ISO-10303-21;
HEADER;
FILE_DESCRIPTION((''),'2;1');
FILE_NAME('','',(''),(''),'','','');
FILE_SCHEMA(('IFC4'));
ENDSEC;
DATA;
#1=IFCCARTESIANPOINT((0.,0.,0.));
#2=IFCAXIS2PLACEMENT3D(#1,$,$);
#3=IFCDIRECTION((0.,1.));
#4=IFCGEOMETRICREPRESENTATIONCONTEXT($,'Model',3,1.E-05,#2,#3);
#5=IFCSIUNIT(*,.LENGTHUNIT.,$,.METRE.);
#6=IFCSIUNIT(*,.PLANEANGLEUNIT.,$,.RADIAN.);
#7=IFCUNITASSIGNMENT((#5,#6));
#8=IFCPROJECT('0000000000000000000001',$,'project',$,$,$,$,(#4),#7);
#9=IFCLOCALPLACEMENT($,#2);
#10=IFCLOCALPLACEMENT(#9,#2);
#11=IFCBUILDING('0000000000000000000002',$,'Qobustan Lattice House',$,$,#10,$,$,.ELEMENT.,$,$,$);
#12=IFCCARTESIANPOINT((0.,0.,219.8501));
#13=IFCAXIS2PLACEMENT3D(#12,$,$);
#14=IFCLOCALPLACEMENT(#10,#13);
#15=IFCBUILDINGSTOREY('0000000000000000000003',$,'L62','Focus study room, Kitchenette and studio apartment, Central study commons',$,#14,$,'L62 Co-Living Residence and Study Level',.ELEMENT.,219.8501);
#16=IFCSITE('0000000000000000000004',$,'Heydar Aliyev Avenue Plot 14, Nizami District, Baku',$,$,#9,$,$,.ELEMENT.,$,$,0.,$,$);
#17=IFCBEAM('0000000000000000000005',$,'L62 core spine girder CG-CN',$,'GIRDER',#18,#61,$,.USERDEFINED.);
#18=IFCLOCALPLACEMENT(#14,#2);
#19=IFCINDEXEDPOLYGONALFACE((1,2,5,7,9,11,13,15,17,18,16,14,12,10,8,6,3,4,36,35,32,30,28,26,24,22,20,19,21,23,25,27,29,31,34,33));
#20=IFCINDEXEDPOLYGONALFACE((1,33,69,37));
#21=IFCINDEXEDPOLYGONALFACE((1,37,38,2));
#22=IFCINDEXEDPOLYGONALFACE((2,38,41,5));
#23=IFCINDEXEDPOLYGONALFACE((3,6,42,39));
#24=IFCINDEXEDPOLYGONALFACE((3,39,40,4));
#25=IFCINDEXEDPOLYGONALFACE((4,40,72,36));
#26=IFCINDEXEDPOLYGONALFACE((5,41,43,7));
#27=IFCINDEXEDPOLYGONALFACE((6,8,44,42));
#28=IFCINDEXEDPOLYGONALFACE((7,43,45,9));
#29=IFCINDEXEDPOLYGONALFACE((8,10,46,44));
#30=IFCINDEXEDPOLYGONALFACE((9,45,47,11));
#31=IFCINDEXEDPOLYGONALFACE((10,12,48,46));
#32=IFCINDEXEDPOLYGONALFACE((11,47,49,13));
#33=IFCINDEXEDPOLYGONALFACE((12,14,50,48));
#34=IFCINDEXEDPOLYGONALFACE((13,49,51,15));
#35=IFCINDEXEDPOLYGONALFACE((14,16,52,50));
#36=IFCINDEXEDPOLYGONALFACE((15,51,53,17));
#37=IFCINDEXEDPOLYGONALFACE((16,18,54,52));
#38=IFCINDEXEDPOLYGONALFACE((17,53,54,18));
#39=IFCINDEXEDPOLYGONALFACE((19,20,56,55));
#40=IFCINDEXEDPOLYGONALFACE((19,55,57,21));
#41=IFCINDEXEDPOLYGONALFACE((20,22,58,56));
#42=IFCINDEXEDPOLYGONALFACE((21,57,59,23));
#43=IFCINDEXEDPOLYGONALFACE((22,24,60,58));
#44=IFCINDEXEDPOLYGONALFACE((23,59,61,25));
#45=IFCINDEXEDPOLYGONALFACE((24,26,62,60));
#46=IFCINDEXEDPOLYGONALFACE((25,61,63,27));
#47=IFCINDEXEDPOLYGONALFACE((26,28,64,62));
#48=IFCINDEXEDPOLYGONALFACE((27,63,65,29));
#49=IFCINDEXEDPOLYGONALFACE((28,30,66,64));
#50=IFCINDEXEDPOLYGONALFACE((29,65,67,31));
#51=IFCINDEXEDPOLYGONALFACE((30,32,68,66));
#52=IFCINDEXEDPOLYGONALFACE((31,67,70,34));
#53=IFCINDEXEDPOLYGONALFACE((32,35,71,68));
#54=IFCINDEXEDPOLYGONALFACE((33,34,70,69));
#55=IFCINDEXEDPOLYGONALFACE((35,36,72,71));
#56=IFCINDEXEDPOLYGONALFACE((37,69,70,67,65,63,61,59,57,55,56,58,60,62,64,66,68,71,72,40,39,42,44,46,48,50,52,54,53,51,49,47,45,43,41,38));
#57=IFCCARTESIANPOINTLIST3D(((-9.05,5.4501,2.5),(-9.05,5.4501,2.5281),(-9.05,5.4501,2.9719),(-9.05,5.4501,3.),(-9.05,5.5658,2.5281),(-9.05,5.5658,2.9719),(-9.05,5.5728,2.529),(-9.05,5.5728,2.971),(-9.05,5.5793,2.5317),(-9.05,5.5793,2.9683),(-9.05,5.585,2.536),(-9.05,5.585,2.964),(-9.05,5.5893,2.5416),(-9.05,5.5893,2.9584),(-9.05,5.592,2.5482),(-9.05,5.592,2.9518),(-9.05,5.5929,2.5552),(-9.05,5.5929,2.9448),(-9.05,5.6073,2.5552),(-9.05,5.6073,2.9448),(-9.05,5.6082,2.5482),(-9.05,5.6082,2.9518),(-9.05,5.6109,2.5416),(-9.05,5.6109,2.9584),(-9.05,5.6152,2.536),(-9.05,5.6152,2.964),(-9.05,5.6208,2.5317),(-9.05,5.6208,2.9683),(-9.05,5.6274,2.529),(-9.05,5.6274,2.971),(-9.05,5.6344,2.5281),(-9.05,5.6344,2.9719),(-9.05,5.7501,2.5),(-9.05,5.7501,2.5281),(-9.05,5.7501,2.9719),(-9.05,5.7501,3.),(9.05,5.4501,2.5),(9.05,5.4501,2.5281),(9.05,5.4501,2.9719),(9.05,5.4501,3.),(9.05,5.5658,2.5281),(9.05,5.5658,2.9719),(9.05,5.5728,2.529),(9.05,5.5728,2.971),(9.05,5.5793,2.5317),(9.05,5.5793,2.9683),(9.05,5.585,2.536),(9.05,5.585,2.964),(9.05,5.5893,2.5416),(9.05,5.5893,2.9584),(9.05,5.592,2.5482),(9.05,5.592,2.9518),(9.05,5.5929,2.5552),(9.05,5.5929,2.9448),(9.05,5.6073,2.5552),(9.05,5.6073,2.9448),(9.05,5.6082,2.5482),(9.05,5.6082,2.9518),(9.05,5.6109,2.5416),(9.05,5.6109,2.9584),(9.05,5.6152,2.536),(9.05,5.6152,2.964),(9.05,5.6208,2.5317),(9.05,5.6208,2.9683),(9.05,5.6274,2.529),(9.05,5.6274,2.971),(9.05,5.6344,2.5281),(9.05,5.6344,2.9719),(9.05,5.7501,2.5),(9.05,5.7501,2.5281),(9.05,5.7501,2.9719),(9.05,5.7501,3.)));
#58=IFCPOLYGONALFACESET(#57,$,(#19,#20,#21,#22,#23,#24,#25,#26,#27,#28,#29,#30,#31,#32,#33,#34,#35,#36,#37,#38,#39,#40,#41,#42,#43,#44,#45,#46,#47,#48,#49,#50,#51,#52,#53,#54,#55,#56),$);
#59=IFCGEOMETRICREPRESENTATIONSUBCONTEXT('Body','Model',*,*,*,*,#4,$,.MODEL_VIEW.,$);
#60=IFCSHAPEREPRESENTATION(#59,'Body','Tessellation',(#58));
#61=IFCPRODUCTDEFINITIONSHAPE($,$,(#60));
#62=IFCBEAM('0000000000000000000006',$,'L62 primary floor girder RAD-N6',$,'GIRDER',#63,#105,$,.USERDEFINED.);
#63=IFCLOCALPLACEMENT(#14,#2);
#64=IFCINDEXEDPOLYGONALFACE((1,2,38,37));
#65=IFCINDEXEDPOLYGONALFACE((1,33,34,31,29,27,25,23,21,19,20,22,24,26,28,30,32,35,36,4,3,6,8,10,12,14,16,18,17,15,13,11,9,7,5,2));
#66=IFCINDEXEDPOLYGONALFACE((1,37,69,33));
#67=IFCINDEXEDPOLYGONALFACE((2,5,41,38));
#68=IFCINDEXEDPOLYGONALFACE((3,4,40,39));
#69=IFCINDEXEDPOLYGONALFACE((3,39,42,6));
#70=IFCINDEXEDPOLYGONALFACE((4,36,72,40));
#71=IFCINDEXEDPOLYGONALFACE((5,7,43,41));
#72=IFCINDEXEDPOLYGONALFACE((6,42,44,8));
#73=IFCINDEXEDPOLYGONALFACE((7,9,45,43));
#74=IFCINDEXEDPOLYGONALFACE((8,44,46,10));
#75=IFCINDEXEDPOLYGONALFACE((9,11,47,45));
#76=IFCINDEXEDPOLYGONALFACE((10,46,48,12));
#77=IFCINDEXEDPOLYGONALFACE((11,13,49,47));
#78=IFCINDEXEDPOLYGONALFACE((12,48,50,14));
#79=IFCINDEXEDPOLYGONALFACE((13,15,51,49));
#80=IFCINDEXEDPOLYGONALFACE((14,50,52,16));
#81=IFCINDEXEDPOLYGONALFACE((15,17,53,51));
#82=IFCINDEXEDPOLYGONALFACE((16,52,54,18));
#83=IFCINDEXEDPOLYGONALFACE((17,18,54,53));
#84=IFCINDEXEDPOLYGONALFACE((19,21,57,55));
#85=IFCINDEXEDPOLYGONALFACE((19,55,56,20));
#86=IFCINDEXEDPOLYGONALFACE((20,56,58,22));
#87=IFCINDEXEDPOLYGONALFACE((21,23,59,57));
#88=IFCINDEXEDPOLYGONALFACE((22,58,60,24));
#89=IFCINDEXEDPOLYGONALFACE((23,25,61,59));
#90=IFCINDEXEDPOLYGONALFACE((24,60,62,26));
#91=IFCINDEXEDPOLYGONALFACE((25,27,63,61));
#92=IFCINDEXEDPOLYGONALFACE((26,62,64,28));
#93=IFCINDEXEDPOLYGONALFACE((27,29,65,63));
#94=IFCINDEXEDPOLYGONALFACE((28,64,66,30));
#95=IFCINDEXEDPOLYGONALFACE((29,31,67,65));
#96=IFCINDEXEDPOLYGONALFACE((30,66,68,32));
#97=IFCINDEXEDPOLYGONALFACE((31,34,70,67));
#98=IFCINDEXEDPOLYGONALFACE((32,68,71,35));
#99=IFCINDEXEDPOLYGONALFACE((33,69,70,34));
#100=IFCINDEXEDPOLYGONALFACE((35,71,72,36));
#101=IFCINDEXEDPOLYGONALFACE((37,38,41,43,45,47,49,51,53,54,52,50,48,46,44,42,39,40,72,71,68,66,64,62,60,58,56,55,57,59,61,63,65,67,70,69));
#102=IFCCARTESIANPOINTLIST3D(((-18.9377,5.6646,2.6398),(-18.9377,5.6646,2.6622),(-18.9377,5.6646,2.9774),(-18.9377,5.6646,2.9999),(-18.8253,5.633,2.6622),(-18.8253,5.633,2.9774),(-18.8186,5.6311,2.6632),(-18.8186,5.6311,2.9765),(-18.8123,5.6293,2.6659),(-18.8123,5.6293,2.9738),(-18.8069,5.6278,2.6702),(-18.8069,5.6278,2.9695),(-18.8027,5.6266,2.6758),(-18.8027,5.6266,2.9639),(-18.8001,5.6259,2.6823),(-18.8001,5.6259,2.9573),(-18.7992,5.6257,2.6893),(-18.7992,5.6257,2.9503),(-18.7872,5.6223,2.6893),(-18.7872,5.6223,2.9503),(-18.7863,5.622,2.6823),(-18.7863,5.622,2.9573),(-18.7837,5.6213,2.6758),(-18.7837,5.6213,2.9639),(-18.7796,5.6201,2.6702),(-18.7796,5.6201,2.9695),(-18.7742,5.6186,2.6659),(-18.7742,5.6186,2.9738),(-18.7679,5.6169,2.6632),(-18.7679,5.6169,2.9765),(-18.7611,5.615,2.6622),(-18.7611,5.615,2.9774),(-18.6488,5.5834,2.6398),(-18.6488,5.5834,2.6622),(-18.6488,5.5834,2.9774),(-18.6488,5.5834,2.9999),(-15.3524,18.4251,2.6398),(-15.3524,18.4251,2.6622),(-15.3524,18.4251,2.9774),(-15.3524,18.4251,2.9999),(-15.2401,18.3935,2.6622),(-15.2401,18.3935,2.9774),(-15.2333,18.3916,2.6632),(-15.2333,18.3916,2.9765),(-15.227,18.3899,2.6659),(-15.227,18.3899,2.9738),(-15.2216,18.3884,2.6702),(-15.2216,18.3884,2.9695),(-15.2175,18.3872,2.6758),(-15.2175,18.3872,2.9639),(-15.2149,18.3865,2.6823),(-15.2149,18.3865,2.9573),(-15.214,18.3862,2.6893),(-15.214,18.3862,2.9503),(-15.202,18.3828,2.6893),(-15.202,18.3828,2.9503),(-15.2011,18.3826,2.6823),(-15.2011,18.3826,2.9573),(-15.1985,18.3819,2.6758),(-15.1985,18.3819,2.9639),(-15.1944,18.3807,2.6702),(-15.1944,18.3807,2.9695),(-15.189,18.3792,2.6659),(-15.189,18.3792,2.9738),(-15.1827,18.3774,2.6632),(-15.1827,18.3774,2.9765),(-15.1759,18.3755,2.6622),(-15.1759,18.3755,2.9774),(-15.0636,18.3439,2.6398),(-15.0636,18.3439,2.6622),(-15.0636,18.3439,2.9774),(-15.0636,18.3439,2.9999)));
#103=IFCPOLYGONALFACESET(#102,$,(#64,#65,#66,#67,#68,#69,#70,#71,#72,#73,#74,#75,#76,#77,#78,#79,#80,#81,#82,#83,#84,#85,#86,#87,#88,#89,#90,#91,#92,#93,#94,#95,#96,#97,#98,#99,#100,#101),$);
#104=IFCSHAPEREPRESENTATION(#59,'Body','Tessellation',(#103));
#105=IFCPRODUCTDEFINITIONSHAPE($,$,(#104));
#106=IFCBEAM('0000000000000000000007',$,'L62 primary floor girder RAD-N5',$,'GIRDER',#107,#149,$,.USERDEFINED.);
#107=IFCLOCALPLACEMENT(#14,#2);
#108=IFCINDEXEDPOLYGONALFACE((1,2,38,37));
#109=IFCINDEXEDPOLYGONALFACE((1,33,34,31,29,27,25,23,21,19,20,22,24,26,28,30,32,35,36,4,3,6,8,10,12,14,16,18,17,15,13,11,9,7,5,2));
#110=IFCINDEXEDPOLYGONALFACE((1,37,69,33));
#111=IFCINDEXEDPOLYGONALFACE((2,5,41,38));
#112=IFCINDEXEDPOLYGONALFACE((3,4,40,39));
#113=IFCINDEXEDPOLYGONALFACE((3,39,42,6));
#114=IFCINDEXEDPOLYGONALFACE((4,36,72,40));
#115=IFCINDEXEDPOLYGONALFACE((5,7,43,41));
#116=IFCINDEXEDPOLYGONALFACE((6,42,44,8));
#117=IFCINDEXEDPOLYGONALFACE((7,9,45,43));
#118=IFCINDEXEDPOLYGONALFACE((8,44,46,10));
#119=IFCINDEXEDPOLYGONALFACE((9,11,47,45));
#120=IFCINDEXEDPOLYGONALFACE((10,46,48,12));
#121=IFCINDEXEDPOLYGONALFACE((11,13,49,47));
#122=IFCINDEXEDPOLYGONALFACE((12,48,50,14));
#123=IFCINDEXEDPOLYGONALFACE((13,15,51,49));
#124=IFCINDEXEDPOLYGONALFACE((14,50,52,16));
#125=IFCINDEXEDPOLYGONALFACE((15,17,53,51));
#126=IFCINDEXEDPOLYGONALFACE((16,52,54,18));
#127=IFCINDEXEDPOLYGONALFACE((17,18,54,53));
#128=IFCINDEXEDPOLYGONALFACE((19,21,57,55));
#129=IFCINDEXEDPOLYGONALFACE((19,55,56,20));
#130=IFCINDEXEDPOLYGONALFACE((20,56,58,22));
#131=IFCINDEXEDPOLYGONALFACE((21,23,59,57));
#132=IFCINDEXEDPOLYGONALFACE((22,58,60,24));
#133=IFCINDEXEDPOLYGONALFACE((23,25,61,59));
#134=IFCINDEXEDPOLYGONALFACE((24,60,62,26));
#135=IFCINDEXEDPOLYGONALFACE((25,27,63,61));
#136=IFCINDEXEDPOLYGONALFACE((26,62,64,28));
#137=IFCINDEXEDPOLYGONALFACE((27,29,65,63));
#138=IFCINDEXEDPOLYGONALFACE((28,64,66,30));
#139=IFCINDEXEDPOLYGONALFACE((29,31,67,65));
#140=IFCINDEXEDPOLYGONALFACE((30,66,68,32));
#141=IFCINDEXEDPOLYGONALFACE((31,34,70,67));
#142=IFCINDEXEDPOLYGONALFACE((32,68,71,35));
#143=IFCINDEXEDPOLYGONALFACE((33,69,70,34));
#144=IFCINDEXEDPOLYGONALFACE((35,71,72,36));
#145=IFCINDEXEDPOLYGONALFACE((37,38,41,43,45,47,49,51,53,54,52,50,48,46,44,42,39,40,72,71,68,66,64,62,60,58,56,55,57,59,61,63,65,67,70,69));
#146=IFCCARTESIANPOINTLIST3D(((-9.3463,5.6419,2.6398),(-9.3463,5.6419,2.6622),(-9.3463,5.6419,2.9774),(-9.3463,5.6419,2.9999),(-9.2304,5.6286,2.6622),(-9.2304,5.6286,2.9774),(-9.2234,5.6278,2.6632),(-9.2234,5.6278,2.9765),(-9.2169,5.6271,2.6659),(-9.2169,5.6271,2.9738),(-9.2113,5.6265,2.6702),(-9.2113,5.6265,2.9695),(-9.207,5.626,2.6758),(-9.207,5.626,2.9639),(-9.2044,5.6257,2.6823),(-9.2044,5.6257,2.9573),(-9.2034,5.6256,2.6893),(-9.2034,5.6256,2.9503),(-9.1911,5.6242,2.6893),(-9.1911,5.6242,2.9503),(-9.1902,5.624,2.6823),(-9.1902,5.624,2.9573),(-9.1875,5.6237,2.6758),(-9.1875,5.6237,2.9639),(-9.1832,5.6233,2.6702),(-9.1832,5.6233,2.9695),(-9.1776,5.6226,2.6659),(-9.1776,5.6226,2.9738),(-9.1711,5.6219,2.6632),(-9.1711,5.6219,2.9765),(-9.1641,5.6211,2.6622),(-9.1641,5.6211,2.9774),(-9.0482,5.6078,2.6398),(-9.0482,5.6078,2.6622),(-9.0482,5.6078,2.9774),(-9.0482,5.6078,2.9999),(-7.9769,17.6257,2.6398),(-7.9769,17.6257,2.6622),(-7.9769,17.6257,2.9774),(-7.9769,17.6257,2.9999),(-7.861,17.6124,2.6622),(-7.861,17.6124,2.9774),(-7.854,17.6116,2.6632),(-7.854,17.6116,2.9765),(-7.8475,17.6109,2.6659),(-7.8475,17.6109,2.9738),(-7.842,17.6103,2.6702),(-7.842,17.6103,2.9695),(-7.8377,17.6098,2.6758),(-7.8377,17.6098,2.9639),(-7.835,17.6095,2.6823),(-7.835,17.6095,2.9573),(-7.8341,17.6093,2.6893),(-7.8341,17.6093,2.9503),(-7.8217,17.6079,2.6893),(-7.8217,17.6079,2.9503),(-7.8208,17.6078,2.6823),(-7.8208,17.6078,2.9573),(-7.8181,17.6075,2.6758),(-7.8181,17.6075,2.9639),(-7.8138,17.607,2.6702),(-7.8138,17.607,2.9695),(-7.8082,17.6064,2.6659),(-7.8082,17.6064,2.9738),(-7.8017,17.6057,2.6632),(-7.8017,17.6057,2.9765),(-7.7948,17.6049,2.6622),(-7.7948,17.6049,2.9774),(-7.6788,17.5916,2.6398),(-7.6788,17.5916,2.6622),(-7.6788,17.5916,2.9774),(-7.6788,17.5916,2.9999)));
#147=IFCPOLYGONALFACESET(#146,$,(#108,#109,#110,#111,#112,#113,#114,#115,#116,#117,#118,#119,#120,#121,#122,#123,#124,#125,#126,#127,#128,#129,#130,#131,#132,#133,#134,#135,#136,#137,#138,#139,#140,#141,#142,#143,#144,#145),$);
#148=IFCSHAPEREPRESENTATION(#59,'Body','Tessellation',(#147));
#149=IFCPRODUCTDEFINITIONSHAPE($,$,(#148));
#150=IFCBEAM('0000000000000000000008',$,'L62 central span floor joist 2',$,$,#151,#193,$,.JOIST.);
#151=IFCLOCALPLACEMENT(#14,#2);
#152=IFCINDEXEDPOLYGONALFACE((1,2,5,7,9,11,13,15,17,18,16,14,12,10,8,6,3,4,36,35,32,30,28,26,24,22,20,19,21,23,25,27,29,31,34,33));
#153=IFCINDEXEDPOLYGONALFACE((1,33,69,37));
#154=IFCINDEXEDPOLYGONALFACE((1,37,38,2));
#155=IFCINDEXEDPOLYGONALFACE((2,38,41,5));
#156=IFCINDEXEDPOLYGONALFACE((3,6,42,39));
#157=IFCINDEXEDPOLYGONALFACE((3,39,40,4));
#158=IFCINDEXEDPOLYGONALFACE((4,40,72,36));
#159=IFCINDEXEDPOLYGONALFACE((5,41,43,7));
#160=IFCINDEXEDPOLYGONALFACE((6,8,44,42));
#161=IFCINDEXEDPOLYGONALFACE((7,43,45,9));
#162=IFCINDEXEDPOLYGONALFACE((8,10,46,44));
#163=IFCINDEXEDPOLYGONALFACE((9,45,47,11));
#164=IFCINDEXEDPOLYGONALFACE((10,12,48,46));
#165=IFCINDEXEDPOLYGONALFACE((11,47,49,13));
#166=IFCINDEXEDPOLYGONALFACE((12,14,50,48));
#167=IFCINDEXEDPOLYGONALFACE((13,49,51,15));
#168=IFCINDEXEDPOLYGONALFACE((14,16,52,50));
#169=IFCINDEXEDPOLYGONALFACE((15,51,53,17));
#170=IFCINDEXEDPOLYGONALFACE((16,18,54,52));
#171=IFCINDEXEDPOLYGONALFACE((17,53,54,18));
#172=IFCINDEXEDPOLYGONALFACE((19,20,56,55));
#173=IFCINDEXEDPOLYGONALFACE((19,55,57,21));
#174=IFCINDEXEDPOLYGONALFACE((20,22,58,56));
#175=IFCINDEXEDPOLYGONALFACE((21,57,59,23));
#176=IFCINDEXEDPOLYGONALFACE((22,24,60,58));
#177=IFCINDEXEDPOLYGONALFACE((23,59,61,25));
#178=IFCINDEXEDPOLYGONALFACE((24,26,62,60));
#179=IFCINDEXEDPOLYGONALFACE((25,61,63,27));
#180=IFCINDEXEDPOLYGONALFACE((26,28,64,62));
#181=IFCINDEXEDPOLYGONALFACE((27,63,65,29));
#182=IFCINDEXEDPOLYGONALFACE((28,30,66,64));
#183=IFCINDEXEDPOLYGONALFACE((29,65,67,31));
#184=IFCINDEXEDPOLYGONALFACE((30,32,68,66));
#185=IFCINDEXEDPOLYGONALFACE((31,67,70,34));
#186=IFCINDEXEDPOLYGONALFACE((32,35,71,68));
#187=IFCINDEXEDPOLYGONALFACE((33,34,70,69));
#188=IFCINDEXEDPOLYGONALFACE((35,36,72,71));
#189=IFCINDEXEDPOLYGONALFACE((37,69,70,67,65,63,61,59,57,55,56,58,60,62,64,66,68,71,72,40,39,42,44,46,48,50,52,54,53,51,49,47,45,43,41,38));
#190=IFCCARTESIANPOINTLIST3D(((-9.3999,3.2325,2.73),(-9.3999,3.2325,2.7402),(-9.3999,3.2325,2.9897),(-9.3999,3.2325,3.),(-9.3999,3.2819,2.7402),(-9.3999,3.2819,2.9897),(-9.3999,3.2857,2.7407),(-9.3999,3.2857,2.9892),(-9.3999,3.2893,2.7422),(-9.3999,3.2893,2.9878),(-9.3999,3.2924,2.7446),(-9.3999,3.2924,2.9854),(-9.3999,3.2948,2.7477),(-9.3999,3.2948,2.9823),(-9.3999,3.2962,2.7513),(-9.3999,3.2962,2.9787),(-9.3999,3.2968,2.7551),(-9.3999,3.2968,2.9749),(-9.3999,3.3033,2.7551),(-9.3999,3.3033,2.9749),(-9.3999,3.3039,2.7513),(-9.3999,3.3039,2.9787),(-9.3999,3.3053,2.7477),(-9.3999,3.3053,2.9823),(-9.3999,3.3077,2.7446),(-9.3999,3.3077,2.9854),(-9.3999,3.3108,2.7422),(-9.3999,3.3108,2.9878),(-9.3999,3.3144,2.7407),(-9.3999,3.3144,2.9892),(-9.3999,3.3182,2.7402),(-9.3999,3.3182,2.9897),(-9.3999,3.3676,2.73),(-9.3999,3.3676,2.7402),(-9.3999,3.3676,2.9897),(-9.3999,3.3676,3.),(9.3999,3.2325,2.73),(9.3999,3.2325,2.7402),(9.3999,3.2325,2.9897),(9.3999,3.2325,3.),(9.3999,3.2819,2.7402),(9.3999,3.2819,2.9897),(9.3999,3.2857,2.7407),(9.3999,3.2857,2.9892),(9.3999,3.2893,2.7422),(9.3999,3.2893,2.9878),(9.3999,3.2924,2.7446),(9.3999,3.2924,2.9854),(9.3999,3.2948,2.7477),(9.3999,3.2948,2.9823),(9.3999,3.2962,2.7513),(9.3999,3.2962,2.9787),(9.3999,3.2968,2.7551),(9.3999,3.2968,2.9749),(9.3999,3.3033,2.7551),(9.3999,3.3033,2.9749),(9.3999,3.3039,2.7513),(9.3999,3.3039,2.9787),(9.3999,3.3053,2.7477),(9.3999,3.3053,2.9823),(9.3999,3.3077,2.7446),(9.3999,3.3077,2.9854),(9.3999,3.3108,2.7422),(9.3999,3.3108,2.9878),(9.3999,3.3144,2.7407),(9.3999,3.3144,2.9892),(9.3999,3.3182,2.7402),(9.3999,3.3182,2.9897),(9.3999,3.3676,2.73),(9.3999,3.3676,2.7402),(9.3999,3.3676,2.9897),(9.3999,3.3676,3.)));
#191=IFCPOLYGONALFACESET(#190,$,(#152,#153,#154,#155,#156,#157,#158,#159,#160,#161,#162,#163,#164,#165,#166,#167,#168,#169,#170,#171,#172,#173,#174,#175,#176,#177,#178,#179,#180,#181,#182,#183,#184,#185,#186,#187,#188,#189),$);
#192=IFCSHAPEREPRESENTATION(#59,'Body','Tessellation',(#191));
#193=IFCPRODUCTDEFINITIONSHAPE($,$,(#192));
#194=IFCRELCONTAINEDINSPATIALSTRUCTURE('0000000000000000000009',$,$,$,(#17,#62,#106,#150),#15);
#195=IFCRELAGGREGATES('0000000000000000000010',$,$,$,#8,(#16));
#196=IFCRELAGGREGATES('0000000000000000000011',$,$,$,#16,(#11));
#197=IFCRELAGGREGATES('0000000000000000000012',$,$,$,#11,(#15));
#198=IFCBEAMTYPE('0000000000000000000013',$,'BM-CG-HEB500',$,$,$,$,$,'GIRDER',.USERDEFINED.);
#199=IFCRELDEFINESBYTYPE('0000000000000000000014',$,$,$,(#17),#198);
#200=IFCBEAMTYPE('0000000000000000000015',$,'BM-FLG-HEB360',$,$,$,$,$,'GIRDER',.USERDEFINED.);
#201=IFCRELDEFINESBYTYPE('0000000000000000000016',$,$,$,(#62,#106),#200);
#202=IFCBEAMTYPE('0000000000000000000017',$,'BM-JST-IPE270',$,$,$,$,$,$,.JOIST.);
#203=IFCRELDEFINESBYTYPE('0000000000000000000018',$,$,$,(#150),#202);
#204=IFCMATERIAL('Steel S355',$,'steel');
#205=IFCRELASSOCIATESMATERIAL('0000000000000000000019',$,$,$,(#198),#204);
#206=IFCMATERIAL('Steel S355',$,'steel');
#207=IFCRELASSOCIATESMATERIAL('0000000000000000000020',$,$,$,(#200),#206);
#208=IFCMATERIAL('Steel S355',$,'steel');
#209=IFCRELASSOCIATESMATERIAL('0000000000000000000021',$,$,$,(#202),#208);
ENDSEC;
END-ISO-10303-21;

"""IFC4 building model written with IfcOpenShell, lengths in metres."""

from ifc_helpers import new_model, si_unit, direction, frame, origin, origin_2d, place, context, subcontext, project, spatial, i_section, extrude, material, material_profile, profile_set, type_object, element, save


model = new_model("IFC4")

# Units and contexts
model_context = context("Model", 3, precision=1e-05, world=origin(), true_north=direction((0.0, 1.0)))
body_context = subcontext(model_context, "Body", "Model", "MODEL_VIEW")
ifc_project = project(units=[si_unit("LENGTHUNIT", "METRE"), si_unit("PLANEANGLEUNIT", "RADIAN")], contexts=[model_context])

# Site, building, storey
site_placement = place(None, origin())
site = spatial("IfcSite", under=ifc_project, at=site_placement, Name="Heydar Aliyev Avenue Plot 14, Nizami District, Baku", CompositionType="ELEMENT", RefElevation=0.0)
building_placement = place(site_placement, origin())
building = spatial("IfcBuilding", under=site, at=building_placement, Name="Qobustan Lattice House", CompositionType="ELEMENT")
storey_placement = place(building_placement, frame((0.0, 0.0, 219.8501)))
storey = spatial("IfcBuildingStorey", under=building, at=storey_placement, Name="L62", Description="Focus study room, Kitchenette and studio apartment, Central study commons", LongName="L62 Co-Living Residence and Study Level", CompositionType="ELEMENT", Elevation=219.8501)

# Beams
ifc_material_1 = material(Name="Steel S355", Category="steel")
ifc_material_profile_1 = material_profile(ifc_material_1, i_section(OverallWidth=0.3, OverallDepth=0.5, WebThickness=0.0144, FlangeThickness=0.0281, FilletRadius=0.0271, at=origin_2d()), Name="HEB500")
ifc_profile_set_1 = profile_set([ifc_material_profile_1], Name="Steel S355")
beam_type_1 = type_object("IfcBeamType", Name="BM-CG-HEB500", ElementType="GIRDER", PredefinedType="USERDEFINED", material=ifc_profile_set_1)
beam_1_placement = place(storey_placement, frame((-9.05, 5.6001, 2.75), z_axis=(1.0, 0.0, 0.0), x_axis=(0.0, 1.0, 0.0)))
element("IfcBeam", 1, at=beam_1_placement, inside=storey, type_object=beam_type_1, Name="L62 core spine girder CG-CN", ObjectType="GIRDER", PredefinedType="USERDEFINED", context=body_context, shape_type="SweptSolid", body=[
    extrude(i_section(OverallWidth=0.3, OverallDepth=0.5, WebThickness=0.0144, FlangeThickness=0.0281, FilletRadius=0.0271, at=origin_2d()), origin(), (0.0, 0.0, 1.0), 18.1001),
])
ifc_material_2 = material(Name="Steel S355", Category="steel")
ifc_material_profile_2 = material_profile(ifc_material_2, i_section(OverallWidth=0.3, OverallDepth=0.3601, WebThickness=0.0125, FlangeThickness=0.0225, FilletRadius=0.0271, at=origin_2d()), Name="HEB360")
ifc_profile_set_2 = profile_set([ifc_material_profile_2], Name="Steel S355")
beam_type_2 = type_object("IfcBeamType", Name="BM-FLG-HEB360", ElementType="GIRDER", PredefinedType="USERDEFINED", material=ifc_profile_set_2)
beam_2_placement = place(storey_placement, frame((-15.208, 18.3845, 2.8198), z_axis=(-0.270488, -0.962723, 0.0), x_axis=(0.962723, -0.270488, 0.0)))
element("IfcBeam", 2, at=beam_2_placement, inside=storey, type_object=beam_type_2, Name="L62 primary floor girder RAD-N6", ObjectType="GIRDER", PredefinedType="USERDEFINED", context=body_context, shape_type="SweptSolid", body=[
    extrude(i_section(OverallWidth=0.3, OverallDepth=0.3601, WebThickness=0.0125, FlangeThickness=0.0225, FilletRadius=0.0271, at=origin_2d()), origin(), (0.0, 0.0, 1.0), 13.2546),
])
beam_3_placement = place(storey_placement, frame((-7.8279, 17.6086, 2.8198), z_axis=(-0.11353, -0.993535, 0.0), x_axis=(0.993535, -0.11353, 0.0)))
element("IfcBeam", 3, at=beam_3_placement, inside=storey, type_object=beam_type_2, Name="L62 primary floor girder RAD-N5", ObjectType="GIRDER", PredefinedType="USERDEFINED", context=body_context, shape_type="SweptSolid", body=[
    extrude(i_section(OverallWidth=0.3, OverallDepth=0.3601, WebThickness=0.0125, FlangeThickness=0.0225, FilletRadius=0.0271, at=origin_2d()), origin(), (0.0, 0.0, 1.0), 12.0618),
])
ifc_material_3 = material(Name="Steel S355", Category="steel")
ifc_material_profile_3 = material_profile(ifc_material_3, i_section(OverallWidth=0.135, OverallDepth=0.27, WebThickness=0.0066, FlangeThickness=0.0103, FilletRadius=0.0149, at=origin_2d()), Name="IPE270")
ifc_profile_set_3 = profile_set([ifc_material_profile_3], Name="Steel S355")
beam_type_3 = type_object("IfcBeamType", Name="BM-JST-IPE270", PredefinedType="JOIST", material=ifc_profile_set_3)
beam_4_placement = place(storey_placement, frame((-9.3999, 3.3, 2.865), z_axis=(1.0, 0.0, 0.0), x_axis=(0.0, 1.0, 0.0)))
element("IfcBeam", 4, at=beam_4_placement, inside=storey, type_object=beam_type_3, Name="L62 central span floor joist 2", PredefinedType="JOIST", context=body_context, shape_type="SweptSolid", body=[
    extrude(i_section(OverallWidth=0.135, OverallDepth=0.27, WebThickness=0.0066, FlangeThickness=0.0103, FilletRadius=0.0149, at=origin_2d()), origin(), (0.0, 0.0, 1.0), 18.7998),
])

save(model, "model.ifc")
